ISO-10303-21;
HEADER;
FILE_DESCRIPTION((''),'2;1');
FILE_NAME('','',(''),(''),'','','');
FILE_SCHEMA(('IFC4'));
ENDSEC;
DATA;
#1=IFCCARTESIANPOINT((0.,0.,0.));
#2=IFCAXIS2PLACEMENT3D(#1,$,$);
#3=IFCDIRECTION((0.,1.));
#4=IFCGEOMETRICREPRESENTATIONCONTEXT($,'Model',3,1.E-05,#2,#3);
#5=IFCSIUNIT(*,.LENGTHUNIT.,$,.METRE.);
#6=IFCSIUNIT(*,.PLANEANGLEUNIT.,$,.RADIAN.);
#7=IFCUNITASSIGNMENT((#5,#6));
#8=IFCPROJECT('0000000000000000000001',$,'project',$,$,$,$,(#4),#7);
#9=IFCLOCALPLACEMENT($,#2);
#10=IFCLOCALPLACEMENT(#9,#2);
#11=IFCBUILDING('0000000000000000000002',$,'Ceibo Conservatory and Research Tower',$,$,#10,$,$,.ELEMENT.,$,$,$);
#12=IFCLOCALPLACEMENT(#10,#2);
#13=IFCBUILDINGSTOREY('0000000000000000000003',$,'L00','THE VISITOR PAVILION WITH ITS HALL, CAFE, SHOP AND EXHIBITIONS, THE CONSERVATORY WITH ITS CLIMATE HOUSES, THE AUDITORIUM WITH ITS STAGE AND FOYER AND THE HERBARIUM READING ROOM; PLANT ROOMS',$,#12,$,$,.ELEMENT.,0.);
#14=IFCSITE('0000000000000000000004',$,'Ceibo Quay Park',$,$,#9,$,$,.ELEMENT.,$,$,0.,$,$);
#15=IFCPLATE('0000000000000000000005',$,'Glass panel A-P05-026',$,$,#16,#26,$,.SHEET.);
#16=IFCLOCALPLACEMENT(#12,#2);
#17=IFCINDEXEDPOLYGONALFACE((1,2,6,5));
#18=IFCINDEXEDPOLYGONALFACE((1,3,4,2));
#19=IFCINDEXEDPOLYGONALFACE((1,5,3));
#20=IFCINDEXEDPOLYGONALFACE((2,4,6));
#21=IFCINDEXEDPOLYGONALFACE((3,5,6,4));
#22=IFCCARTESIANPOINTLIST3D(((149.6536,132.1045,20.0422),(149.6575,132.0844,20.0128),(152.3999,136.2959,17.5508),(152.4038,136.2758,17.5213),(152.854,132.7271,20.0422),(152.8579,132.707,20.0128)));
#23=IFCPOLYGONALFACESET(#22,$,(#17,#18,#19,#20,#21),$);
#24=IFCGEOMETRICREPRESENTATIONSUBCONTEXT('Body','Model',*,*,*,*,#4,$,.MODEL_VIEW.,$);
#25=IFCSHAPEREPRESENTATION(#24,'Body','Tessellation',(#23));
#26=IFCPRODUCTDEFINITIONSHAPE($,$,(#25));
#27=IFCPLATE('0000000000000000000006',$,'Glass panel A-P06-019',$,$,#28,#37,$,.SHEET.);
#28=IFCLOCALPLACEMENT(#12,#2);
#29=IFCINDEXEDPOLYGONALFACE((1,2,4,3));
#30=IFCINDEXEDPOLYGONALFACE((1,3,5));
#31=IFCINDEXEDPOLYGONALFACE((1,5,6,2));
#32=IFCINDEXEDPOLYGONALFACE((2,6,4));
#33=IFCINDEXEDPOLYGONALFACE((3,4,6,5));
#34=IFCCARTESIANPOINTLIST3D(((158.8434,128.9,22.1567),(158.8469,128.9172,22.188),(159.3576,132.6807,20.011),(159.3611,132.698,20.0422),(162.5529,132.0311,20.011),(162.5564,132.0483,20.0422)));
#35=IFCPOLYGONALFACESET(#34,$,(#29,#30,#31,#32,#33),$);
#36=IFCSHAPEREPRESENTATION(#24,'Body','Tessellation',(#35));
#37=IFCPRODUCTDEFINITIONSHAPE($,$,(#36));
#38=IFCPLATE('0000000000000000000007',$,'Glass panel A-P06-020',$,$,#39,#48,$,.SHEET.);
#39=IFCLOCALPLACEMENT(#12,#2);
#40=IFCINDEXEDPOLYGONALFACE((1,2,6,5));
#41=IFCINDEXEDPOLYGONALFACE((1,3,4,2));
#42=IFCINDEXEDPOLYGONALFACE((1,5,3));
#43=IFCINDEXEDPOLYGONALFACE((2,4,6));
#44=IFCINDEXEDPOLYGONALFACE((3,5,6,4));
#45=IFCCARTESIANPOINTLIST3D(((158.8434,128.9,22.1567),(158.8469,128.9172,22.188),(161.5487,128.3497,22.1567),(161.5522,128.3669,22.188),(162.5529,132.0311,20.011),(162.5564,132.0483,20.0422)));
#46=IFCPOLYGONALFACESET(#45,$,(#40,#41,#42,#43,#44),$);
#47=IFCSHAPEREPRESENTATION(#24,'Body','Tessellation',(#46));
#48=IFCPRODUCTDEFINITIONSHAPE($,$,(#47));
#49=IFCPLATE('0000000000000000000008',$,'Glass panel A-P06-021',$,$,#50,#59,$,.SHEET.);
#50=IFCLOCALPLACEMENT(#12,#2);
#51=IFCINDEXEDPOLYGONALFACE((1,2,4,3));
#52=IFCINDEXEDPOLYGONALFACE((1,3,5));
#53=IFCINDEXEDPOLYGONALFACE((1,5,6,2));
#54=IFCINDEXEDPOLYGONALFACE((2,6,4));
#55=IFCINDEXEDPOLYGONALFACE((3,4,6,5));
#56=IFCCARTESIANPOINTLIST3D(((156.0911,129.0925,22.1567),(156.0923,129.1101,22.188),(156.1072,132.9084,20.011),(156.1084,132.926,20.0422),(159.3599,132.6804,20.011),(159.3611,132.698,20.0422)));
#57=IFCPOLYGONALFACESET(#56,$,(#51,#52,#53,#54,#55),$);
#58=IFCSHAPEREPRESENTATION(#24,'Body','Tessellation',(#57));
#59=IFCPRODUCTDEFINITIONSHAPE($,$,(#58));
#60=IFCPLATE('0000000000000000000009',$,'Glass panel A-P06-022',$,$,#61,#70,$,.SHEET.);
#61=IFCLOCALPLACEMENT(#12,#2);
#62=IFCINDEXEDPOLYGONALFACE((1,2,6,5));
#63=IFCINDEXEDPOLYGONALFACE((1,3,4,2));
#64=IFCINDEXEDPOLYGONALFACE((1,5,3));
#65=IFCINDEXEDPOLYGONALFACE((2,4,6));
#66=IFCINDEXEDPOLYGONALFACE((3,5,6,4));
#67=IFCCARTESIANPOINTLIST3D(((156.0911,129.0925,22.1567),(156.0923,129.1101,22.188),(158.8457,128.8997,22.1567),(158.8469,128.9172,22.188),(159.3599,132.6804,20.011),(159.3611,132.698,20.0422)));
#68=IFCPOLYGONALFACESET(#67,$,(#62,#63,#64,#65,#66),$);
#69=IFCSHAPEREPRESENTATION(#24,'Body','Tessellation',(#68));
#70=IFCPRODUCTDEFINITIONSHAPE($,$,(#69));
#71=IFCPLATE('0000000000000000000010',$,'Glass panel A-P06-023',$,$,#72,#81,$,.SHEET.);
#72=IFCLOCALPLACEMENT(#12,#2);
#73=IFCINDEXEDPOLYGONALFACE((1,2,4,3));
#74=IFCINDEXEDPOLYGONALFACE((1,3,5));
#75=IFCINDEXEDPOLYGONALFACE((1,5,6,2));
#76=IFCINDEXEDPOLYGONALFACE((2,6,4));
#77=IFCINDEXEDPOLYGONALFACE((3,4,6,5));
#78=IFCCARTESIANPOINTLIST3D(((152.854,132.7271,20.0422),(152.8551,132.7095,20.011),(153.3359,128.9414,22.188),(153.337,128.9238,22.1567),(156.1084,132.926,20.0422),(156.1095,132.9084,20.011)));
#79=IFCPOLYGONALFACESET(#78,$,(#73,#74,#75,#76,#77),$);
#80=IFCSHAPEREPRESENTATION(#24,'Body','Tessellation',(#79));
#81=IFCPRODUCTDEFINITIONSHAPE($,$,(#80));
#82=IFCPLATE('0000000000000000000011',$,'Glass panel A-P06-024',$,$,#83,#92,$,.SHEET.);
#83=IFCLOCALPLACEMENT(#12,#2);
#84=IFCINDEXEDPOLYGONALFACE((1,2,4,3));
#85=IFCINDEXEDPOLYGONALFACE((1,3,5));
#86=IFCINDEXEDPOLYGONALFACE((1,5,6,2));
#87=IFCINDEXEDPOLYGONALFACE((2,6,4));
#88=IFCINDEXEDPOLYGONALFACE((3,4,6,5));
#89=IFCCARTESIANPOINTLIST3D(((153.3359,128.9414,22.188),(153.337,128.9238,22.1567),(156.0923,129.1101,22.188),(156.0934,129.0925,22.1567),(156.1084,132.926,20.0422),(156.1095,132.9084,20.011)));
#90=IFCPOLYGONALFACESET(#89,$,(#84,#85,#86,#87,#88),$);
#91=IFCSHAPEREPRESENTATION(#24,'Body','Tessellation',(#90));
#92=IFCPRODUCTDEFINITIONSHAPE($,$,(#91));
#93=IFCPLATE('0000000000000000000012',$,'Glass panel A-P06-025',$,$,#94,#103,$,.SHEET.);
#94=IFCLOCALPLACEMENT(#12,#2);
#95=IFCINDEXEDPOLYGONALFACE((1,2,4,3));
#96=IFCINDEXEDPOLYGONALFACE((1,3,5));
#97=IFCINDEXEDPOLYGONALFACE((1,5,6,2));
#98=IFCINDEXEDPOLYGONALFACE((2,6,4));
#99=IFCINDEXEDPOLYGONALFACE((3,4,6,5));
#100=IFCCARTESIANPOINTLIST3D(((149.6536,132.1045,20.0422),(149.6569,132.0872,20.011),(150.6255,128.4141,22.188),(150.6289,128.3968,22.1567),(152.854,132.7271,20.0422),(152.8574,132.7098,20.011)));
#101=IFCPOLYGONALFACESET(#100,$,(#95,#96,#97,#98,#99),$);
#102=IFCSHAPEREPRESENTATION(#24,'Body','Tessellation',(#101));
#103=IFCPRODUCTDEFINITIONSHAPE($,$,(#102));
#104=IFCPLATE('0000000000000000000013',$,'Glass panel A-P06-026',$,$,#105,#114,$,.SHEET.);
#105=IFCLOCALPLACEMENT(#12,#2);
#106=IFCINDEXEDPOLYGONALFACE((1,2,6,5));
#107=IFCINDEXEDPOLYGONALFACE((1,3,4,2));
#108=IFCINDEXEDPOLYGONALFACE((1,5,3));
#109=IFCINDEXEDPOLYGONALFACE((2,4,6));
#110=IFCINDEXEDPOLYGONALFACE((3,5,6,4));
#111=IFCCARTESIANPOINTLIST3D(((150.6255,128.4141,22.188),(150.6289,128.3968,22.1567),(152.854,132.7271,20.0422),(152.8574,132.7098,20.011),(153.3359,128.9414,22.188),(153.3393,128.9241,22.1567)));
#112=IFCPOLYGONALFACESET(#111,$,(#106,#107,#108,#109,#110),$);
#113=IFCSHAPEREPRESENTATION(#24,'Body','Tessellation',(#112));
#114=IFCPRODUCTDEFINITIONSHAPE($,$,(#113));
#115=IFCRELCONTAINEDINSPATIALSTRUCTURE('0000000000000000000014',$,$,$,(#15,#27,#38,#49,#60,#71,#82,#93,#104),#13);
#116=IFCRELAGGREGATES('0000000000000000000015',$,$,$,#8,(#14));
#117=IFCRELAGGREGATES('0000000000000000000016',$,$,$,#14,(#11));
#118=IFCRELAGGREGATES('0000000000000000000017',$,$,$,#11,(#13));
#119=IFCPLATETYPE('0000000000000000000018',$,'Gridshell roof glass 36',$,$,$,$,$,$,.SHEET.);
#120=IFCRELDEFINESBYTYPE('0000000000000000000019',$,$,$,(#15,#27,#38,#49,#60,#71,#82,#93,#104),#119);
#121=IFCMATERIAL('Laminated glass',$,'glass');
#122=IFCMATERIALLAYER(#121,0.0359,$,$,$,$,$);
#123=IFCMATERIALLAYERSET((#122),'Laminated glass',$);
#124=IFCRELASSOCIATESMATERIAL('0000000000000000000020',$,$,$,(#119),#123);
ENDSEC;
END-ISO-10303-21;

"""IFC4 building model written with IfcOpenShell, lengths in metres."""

from ifc_helpers import new_model, si_unit, direction, frame, origin, place, context, subcontext, project, spatial, polyline, outline, extrude, material, layer, layer_set, type_object, element, save


model = new_model("IFC4")

# Units and contexts
model_context = context("Model", 3, precision=1e-05, world=origin(), true_north=direction((0.0, 1.0)))
body_context = subcontext(model_context, "Body", "Model", "MODEL_VIEW")
ifc_project = project(units=[si_unit("LENGTHUNIT", "METRE"), si_unit("PLANEANGLEUNIT", "RADIAN")], contexts=[model_context])

# Site, building, storey
site_placement = place(None, origin())
site = spatial("IfcSite", under=ifc_project, at=site_placement, Name="Ceibo Quay Park", CompositionType="ELEMENT", RefElevation=0.0)
building_placement = place(site_placement, origin())
building = spatial("IfcBuilding", under=site, at=building_placement, Name="Ceibo Conservatory and Research Tower", CompositionType="ELEMENT")
storey_placement = place(building_placement, origin())
storey = spatial("IfcBuildingStorey", under=building, at=storey_placement, Name="L00", Description="THE VISITOR PAVILION WITH ITS HALL, CAFE, SHOP AND EXHIBITIONS, THE CONSERVATORY WITH ITS CLIMATE HOUSES, THE AUDITORIUM WITH ITS STAGE AND FOYER AND THE HERBARIUM READING ROOM; PLANT ROOMS", CompositionType="ELEMENT", Elevation=0.0)

# Plates
ifc_material_1 = material(Name="Laminated glass", Category="glass")
ifc_layer = layer(ifc_material_1, 0.0359)
ifc_layer_set = layer_set([ifc_layer], Name="Laminated glass")
plate_type = type_object("IfcPlateType", Name="Gridshell roof glass 36", PredefinedType="SHEET", material=ifc_layer_set)
plate_1_placement = place(storey_placement, frame((152.3999, 136.2959, 17.5508), z_axis=(-0.108869, 0.55967, 0.821534), x_axis=(-0.490749, -0.748972, 0.445204)))
element("IfcPlate", 1, at=plate_1_placement, inside=storey, type_object=plate_type, Name="Glass panel A-P05-026", PredefinedType="SHEET", context=body_context, shape_type="SweptSolid", body=[
    extrude(outline(polyline([(0.0, 0.0), (5.5962, 0.0), (3.5593, 2.5459), (0.0, 0.0)])), origin(), (0.0, 0.0, -1.0), 0.0359),
])
plate_2_placement = place(storey_placement, frame((162.5564, 132.0483, 20.0422), z_axis=(0.097821, 0.481128, 0.871176), x_axis=(-0.979951, 0.19924, 0.0)))
element("IfcPlate", 2, at=plate_2_placement, inside=storey, type_object=plate_type, Name="Glass panel A-P06-019", PredefinedType="SHEET", context=body_context, shape_type="SweptSolid", body=[
    extrude(outline(polyline([(0.0, 0.0), (3.2607, 0.0), (3.0113, 4.3704), (0.0, 0.0)])), origin(), (0.0, 0.0, -1.0), 0.0359),
])
plate_3_placement = place(storey_placement, frame((162.5564, 132.0483, 20.0422), z_axis=(0.09786, 0.481093, 0.871191), x_axis=(-0.698928, -0.589953, 0.404296)))
element("IfcPlate", 3, at=plate_3_placement, inside=storey, type_object=plate_type, Name="Glass panel A-P06-020", PredefinedType="SHEET", context=body_context, shape_type="SweptSolid", body=[
    extrude(outline(polyline([(0.0, 0.0), (5.3074, 0.0), (3.7412, 2.2735), (0.0, 0.0)])), origin(), (0.0, 0.0, -1.0), 0.0359),
])
plate_4_placement = place(storey_placement, frame((159.3611, 132.698, 20.0422), z_axis=(0.034333, 0.48974, 0.871192), x_axis=(-0.997552, 0.069933, 0.0)))
element("IfcPlate", 4, at=plate_4_placement, inside=storey, type_object=plate_type, Name="Glass panel A-P06-021", PredefinedType="SHEET", context=body_context, shape_type="SweptSolid", body=[
    extrude(outline(polyline([(0.0, 0.0), (3.2607, 0.0), (3.0099, 4.3707), (0.0, 0.0)])), origin(), (0.0, 0.0, -1.0), 0.0359),
])
plate_5_placement = place(storey_placement, frame((159.3611, 132.698, 20.0422), z_axis=(0.034292, 0.489769, 0.871178), x_axis=(-0.615963, -0.676091, 0.404339)))
element("IfcPlate", 5, at=plate_5_placement, inside=storey, type_object=plate_type, Name="Glass panel A-P06-022", PredefinedType="SHEET", context=body_context, shape_type="SweptSolid", body=[
    extrude(outline(polyline([(0.0, 0.0), (5.3068, 0.0), (3.7405, 2.2742), (0.0, 0.0)])), origin(), (0.0, 0.0, -1.0), 0.0359),
])
plate_6_placement = place(storey_placement, frame((156.1084, 132.926, 20.0422), z_axis=(-0.029959, 0.489998, 0.871208), x_axis=(-0.998136, -0.061026, 0.0)))
element("IfcPlate", 6, at=plate_6_placement, inside=storey, type_object=plate_type, Name="Glass panel A-P06-023", PredefinedType="SHEET", context=body_context, shape_type="SweptSolid", body=[
    extrude(outline(polyline([(0.0, 0.0), (3.2605, 0.0), (3.0105, 4.3709), (0.0, 0.0)])), origin(), (0.0, 0.0, -1.0), 0.0359),
])
plate_7_placement = place(storey_placement, frame((156.1084, 132.926, 20.0422), z_axis=(-0.029991, 0.490015, 0.871198), x_axis=(-0.522381, -0.750774, 0.404298)))
element("IfcPlate", 7, at=plate_7_placement, inside=storey, type_object=plate_type, Name="Glass panel A-P06-024", PredefinedType="SHEET", context=body_context, shape_type="SweptSolid", body=[
    extrude(outline(polyline([(0.0, 0.0), (5.3074, 0.0), (3.7408, 2.2742), (0.0, 0.0)])), origin(), (0.0, 0.0, -1.0), 0.0359),
])
plate_8_placement = place(storey_placement, frame((152.854, 132.7271, 20.0422), z_axis=(-0.093735, 0.48187, 0.871215), x_axis=(-0.981601, -0.190944, 0.0)))
element("IfcPlate", 8, at=plate_8_placement, inside=storey, type_object=plate_type, Name="Glass panel A-P06-025", PredefinedType="SHEET", context=body_context, shape_type="SweptSolid", body=[
    extrude(outline(polyline([(0.0, 0.0), (3.2604, 0.0), (3.0111, 4.371), (0.0, 0.0)])), origin(), (0.0, 0.0, -1.0), 0.0359),
])
plate_9_placement = place(storey_placement, frame((152.854, 132.7271, 20.0422), z_axis=(-0.093754, 0.481877, 0.871209), x_axis=(-0.419859, -0.81258, 0.404266)))
element("IfcPlate", 9, at=plate_9_placement, inside=storey, type_object=plate_type, Name="Glass panel A-P06-026", PredefinedType="SHEET", context=body_context, shape_type="SweptSolid", body=[
    extrude(outline(polyline([(0.0, 0.0), (5.3078, 0.0), (3.7413, 2.2739), (0.0, 0.0)])), origin(), (0.0, 0.0, -1.0), 0.0359),
])

save(model, "model.ifc")
